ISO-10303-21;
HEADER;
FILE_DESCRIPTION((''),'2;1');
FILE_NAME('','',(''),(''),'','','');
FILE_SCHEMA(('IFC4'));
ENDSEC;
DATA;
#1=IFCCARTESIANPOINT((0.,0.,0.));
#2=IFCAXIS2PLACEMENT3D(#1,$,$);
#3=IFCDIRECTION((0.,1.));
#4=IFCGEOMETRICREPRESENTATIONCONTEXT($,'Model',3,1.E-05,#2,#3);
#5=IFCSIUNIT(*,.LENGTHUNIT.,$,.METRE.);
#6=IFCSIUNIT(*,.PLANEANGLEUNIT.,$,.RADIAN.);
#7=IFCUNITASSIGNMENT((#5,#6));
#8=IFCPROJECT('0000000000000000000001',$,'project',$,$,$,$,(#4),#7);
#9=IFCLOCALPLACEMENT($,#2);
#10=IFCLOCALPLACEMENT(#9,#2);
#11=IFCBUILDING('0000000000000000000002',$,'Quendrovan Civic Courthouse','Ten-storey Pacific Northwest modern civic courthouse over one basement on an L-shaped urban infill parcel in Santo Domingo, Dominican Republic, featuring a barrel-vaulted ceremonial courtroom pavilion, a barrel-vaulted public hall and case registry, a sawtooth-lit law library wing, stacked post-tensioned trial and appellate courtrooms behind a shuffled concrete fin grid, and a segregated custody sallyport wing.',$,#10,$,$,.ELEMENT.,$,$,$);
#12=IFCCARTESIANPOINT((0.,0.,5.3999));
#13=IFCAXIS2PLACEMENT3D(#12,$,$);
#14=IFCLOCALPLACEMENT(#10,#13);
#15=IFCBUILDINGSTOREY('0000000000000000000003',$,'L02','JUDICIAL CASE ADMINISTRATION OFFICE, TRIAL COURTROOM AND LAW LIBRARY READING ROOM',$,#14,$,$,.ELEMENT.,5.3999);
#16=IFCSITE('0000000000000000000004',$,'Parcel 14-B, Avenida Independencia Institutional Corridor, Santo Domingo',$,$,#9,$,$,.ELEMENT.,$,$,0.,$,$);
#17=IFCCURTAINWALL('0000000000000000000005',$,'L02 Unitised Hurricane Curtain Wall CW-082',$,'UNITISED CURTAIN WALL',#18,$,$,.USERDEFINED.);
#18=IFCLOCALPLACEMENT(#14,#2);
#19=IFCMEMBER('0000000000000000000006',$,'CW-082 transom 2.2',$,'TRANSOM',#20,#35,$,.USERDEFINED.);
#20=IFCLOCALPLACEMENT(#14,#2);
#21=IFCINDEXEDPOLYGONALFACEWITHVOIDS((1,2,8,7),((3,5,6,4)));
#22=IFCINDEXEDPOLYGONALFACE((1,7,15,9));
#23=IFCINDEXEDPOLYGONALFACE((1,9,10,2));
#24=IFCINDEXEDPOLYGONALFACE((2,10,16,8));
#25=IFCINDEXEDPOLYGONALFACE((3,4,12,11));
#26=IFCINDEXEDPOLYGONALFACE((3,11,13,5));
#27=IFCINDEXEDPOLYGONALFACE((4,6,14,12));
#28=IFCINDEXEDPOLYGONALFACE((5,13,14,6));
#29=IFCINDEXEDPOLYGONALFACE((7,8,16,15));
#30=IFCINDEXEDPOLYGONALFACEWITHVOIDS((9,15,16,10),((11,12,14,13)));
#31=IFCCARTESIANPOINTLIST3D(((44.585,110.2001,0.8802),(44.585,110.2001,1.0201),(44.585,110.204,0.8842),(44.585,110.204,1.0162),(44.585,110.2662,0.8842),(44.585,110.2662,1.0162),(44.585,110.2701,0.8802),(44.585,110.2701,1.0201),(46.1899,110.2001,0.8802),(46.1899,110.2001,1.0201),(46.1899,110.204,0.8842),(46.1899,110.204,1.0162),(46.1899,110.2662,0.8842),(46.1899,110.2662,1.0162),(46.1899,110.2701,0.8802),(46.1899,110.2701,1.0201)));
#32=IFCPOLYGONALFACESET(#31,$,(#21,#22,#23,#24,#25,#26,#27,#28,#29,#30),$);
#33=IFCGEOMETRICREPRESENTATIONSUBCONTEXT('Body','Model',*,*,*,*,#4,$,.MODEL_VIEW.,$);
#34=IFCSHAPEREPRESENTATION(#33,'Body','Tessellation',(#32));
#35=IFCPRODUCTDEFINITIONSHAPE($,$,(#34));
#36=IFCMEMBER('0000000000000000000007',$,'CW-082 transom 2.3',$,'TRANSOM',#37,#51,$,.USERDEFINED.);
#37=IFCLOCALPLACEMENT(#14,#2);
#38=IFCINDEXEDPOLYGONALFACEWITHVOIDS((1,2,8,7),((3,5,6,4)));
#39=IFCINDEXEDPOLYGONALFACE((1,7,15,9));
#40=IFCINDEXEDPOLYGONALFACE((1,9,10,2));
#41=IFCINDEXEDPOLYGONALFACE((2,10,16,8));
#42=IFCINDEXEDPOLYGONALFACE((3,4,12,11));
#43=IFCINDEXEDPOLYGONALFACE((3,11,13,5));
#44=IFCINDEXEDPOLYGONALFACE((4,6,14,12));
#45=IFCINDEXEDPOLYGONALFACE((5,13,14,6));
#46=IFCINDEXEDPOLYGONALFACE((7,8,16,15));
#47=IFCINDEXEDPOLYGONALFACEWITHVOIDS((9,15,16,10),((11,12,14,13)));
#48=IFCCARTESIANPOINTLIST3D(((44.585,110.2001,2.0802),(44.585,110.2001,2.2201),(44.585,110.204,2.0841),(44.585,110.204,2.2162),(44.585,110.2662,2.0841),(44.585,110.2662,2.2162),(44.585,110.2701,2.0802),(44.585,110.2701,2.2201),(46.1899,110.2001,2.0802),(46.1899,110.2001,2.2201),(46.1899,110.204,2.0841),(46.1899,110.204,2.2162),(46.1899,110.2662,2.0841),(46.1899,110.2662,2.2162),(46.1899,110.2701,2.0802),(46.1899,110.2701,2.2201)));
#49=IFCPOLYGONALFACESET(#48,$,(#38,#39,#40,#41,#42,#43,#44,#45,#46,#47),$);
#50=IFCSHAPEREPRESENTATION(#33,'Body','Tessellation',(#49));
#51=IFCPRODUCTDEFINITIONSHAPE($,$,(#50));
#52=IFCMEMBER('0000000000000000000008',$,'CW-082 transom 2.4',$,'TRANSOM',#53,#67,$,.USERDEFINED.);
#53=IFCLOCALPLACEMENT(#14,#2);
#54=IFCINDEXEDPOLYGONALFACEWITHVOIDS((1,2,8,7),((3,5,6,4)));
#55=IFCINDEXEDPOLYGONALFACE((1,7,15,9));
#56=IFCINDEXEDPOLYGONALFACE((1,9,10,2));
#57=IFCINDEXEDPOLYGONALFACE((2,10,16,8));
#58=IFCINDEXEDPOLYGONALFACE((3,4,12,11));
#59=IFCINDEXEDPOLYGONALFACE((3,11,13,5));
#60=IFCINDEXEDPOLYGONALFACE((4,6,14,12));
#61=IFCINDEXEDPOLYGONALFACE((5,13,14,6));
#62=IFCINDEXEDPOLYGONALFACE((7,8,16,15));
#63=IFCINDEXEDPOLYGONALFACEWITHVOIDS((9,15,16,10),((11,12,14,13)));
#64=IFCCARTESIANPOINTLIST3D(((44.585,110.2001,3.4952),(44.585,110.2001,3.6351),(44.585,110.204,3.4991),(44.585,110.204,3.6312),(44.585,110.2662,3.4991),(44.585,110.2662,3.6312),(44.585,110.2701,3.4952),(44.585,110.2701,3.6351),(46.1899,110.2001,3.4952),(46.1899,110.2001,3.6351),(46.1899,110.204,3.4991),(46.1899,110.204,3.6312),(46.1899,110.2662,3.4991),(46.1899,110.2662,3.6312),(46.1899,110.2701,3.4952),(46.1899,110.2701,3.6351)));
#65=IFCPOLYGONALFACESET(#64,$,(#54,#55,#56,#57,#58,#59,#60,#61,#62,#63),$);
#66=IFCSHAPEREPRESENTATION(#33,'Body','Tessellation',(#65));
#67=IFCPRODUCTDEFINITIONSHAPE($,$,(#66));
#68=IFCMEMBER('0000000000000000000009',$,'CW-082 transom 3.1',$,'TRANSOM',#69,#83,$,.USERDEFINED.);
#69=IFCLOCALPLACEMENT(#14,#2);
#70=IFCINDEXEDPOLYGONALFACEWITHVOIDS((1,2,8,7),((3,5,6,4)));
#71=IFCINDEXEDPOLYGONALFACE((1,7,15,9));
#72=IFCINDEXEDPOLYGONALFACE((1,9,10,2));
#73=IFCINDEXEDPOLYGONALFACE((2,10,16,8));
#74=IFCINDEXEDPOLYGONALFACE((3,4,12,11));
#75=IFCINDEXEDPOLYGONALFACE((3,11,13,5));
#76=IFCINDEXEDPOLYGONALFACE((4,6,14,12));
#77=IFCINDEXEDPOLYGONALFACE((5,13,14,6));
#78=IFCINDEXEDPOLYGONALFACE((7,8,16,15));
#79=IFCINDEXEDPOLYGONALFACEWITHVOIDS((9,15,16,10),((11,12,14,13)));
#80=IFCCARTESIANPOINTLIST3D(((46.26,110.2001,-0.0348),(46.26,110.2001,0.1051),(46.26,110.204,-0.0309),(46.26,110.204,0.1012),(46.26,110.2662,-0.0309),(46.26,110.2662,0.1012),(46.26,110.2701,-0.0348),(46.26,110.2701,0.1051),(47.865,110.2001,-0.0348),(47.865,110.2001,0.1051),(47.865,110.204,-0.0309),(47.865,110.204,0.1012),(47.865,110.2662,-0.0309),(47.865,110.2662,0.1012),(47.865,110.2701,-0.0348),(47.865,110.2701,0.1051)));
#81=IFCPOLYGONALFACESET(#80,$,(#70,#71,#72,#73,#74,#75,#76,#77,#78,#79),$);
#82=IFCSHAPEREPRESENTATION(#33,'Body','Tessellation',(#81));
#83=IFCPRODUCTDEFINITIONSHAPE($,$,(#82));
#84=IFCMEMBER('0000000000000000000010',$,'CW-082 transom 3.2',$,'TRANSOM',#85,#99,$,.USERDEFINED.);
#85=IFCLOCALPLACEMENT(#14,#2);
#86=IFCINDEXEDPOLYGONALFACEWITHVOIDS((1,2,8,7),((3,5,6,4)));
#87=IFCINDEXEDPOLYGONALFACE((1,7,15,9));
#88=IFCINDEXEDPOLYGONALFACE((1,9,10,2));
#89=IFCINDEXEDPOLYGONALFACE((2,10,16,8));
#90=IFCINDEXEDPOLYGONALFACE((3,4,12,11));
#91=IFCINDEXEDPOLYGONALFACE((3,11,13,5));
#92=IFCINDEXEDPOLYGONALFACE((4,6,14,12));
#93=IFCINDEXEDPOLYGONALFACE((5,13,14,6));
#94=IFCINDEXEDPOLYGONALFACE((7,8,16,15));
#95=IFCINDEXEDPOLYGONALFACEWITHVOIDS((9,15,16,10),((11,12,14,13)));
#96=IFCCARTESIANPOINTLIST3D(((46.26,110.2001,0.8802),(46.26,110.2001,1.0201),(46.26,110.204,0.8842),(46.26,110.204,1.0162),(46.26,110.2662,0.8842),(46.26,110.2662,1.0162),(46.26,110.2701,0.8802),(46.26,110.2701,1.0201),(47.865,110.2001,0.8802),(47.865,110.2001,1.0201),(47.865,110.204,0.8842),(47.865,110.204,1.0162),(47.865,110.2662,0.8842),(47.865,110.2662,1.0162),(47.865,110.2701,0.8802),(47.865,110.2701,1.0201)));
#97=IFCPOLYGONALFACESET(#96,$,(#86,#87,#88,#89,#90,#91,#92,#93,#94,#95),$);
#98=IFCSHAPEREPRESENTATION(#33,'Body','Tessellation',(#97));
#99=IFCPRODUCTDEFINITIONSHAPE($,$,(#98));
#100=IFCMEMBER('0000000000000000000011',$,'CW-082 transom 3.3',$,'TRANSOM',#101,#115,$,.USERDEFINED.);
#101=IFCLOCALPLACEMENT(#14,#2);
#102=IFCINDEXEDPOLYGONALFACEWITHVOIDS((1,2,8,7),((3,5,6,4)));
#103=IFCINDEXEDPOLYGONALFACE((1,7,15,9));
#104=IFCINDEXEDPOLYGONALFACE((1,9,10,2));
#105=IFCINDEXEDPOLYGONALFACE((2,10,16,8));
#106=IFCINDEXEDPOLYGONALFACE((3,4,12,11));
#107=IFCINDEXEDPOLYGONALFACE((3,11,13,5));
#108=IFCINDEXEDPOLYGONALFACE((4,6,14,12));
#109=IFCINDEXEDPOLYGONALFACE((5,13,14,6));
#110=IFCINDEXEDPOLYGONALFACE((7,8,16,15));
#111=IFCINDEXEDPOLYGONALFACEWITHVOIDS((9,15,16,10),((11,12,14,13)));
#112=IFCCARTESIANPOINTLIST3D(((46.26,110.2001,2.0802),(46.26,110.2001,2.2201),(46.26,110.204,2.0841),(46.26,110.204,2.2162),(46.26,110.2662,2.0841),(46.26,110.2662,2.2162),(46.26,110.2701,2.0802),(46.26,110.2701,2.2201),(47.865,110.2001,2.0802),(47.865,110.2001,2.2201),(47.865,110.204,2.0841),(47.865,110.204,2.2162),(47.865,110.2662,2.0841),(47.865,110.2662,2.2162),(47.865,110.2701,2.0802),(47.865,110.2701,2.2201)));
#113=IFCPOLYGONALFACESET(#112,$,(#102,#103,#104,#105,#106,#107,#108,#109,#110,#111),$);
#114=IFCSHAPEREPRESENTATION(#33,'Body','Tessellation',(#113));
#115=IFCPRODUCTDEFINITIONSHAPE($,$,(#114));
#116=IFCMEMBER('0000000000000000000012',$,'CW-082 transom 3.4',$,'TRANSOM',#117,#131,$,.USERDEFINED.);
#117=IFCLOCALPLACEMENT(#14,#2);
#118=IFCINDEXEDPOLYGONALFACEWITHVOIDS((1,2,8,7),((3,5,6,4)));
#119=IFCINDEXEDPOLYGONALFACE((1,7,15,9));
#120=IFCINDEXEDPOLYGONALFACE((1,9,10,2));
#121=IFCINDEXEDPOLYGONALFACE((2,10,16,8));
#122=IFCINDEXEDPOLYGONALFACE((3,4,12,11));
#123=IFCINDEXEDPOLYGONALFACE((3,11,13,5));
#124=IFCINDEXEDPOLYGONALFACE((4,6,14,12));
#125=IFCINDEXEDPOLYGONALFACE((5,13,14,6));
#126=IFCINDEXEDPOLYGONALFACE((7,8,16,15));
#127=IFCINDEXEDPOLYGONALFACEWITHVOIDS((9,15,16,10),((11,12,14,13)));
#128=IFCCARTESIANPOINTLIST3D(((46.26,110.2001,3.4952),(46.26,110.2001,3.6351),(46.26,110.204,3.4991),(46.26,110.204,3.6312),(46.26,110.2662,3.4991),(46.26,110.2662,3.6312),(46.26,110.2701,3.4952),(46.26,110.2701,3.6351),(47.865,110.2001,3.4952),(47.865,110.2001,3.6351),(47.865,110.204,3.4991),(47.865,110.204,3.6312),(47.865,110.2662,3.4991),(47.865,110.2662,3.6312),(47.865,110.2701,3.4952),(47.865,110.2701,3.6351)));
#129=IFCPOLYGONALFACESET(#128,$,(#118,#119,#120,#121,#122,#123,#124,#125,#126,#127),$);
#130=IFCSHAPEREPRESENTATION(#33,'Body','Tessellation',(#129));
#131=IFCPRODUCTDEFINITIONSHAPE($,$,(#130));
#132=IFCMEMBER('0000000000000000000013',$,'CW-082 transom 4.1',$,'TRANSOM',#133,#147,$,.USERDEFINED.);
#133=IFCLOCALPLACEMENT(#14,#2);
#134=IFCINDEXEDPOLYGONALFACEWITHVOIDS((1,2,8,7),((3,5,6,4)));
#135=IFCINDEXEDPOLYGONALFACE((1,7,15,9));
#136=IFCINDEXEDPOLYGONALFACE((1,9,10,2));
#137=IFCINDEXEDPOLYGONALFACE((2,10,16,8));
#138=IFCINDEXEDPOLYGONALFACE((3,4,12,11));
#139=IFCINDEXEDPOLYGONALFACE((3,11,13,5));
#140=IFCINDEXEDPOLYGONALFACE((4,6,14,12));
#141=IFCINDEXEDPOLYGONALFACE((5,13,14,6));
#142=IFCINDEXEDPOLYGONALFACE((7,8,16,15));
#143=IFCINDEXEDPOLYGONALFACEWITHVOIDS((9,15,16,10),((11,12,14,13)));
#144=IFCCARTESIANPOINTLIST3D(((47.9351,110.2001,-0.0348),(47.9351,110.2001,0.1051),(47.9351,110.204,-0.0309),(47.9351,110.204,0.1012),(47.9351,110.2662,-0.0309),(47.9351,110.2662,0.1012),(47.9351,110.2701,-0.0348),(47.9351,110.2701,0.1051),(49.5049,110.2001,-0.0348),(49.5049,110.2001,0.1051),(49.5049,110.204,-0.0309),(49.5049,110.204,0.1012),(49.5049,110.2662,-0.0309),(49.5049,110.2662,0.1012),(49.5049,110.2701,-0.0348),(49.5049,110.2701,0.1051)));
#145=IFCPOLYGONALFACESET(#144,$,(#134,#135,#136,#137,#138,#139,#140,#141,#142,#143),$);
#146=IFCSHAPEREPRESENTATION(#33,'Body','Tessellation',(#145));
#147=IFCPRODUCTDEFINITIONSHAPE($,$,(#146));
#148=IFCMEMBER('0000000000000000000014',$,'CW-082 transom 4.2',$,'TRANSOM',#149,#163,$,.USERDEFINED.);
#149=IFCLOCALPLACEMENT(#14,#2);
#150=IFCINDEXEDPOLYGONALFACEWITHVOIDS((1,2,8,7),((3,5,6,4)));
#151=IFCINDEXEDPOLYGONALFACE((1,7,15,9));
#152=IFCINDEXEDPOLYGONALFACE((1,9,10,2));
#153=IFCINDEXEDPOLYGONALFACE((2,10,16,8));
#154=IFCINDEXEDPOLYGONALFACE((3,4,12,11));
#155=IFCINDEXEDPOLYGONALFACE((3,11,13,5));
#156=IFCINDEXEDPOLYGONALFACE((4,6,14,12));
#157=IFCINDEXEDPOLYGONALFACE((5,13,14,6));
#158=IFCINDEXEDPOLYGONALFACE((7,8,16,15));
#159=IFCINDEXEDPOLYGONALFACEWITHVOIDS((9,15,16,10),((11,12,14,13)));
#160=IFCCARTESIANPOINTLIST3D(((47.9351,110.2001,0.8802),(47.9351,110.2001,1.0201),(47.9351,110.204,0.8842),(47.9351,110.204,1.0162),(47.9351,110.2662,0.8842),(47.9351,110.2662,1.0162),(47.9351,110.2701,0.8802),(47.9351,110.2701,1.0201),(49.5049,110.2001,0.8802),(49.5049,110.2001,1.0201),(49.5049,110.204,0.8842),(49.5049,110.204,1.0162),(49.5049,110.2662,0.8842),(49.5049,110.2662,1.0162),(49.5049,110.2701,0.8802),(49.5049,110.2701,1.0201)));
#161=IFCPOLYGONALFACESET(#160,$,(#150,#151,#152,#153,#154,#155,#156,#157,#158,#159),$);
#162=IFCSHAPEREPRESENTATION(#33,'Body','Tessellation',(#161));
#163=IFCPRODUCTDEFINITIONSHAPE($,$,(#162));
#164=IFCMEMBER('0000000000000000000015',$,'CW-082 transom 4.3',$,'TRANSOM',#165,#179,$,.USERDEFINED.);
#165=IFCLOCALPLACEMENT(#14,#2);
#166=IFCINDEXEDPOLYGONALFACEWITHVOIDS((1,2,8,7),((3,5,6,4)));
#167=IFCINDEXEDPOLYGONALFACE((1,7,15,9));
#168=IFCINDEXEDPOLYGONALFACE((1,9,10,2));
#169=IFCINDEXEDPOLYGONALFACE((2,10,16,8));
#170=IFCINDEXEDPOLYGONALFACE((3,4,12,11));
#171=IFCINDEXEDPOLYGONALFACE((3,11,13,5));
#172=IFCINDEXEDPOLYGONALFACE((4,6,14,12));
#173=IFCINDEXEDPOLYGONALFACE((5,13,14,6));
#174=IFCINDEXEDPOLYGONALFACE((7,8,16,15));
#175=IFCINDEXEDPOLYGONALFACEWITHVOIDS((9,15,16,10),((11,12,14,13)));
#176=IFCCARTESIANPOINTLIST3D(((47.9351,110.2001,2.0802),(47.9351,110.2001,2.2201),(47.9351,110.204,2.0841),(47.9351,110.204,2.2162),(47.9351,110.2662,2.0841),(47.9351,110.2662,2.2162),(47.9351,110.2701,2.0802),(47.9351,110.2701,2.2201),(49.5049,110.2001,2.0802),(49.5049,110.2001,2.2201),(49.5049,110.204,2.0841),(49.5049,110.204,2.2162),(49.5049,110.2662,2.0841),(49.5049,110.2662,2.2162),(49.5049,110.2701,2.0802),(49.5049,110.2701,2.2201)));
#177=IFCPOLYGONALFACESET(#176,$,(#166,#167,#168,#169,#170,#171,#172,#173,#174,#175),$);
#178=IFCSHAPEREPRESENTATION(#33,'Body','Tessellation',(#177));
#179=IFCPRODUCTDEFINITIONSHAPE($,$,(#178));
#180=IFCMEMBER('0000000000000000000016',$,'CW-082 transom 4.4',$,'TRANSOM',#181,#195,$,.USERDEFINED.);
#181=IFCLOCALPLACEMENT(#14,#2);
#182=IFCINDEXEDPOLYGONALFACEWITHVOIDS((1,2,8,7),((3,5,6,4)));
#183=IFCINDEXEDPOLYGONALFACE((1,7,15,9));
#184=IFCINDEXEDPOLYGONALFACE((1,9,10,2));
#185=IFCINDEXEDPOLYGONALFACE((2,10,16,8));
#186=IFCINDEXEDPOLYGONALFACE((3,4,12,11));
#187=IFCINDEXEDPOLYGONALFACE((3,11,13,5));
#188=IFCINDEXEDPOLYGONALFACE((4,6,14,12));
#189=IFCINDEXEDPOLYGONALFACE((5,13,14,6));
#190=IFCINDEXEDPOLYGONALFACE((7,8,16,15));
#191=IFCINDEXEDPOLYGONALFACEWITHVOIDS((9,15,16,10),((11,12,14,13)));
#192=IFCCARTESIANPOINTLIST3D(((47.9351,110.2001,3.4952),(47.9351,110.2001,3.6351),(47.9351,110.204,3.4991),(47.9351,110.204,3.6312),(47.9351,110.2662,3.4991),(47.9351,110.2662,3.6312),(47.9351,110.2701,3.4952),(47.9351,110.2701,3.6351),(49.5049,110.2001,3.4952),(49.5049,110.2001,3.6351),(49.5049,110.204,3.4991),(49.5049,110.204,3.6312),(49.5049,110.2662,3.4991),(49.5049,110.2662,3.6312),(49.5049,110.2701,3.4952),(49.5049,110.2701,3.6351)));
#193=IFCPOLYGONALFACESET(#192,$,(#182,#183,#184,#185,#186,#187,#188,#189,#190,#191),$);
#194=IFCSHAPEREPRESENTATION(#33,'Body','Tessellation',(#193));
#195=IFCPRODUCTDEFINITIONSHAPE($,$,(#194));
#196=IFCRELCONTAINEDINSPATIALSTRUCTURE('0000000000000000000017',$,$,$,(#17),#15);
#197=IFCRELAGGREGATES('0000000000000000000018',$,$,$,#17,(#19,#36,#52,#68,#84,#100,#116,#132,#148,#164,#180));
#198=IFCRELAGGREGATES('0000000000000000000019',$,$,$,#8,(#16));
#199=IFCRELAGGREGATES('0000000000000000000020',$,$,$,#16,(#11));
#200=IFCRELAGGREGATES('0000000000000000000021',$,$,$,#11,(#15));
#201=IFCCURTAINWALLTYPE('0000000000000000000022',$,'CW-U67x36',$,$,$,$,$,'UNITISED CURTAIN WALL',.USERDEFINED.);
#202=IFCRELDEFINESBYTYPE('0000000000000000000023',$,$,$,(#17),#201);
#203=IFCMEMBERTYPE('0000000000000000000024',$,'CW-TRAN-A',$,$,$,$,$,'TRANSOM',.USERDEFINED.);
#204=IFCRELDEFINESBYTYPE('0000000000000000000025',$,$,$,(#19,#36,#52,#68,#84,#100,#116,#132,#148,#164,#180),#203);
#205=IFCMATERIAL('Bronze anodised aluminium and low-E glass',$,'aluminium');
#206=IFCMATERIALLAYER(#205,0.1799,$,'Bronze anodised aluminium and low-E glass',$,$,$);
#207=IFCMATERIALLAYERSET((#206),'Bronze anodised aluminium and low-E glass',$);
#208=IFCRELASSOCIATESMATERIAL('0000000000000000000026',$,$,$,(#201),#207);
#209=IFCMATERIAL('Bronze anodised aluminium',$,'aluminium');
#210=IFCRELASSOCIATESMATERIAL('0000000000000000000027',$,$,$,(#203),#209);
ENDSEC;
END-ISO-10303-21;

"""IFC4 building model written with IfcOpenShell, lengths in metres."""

from ifc_helpers import new_model, si_unit, direction, frame, origin, origin_2d, place, context, subcontext, project, spatial, hollow_rectangle, extrude, material, layer, layer_set, material_profile, profile_set, type_object, element, aggregate, save


model = new_model("IFC4")

# Units and contexts
model_context = context("Model", 3, precision=1e-05, world=origin(), true_north=direction((0.0, 1.0)))
body_context = subcontext(model_context, "Body", "Model", "MODEL_VIEW")
ifc_project = project(units=[si_unit("LENGTHUNIT", "METRE"), si_unit("PLANEANGLEUNIT", "RADIAN")], contexts=[model_context])

# Site, building, storey
site_placement = place(None, origin())
site = spatial("IfcSite", under=ifc_project, at=site_placement, Name="Parcel 14-B, Avenida Independencia Institutional Corridor, Santo Domingo", CompositionType="ELEMENT", RefElevation=0.0)
building_placement = place(site_placement, origin())
building = spatial("IfcBuilding", under=site, at=building_placement, Name="Quendrovan Civic Courthouse", Description="Ten-storey Pacific Northwest modern civic courthouse over one basement on an L-shaped urban infill parcel in Santo Domingo, Dominican Republic, featuring a barrel-vaulted ceremonial courtroom pavilion, a barrel-vaulted public hall and case registry, a sawtooth-lit law library wing, stacked post-tensioned trial and appellate courtrooms behind a shuffled concrete fin grid, and a segregated custody sallyport wing.", CompositionType="ELEMENT")
storey_placement = place(building_placement, frame((0.0, 0.0, 5.3999)))
storey = spatial("IfcBuildingStorey", under=building, at=storey_placement, Name="L02", Description="JUDICIAL CASE ADMINISTRATION OFFICE, TRIAL COURTROOM AND LAW LIBRARY READING ROOM", CompositionType="ELEMENT", Elevation=5.3999)

# Curtain wall, members
ifc_material_1 = material(Name="Bronze anodised aluminium and low-E glass", Category="aluminium")
ifc_layer_1 = layer(ifc_material_1, 0.1799, Name="Bronze anodised aluminium and low-E glass")
ifc_layer_set_1 = layer_set([ifc_layer_1], Name="Bronze anodised aluminium and low-E glass")
curtain_wall_type = type_object("IfcCurtainWallType", Name="CW-U67x36", ElementType="UNITISED CURTAIN WALL", PredefinedType="USERDEFINED", material=ifc_layer_set_1)
curtain_wall_placement = place(storey_placement, origin())
curtain_wall = element("IfcCurtainWall", 1, at=curtain_wall_placement, inside=storey, type_object=curtain_wall_type, Name="L02 Unitised Hurricane Curtain Wall CW-082", ObjectType="UNITISED CURTAIN WALL", PredefinedType="USERDEFINED")
ifc_material_2 = material(Name="Bronze anodised aluminium", Category="aluminium")
ifc_material_profile_1 = material_profile(ifc_material_2, hollow_rectangle(XDim=0.0701, YDim=0.1399, WallThickness=0.0039, at=origin_2d()), Name="CW-TRAN-70x140")
ifc_profile_set_1 = profile_set([ifc_material_profile_1], Name="Bronze anodised aluminium")
member_type_1 = type_object("IfcMemberType", Name="CW-TRAN-A", ElementType="TRANSOM", PredefinedType="USERDEFINED", material=ifc_profile_set_1)
member_1_placement = place(storey_placement, frame((44.585, 110.2351, 0.9502), z_axis=(1.0, 0.0, 0.0), x_axis=(0.0, 1.0, 0.0)))
member_1 = element("IfcMember", 2, at=member_1_placement, type_object=member_type_1, Name="CW-082 transom 2.2", ObjectType="TRANSOM", PredefinedType="USERDEFINED", context=body_context, shape_type="SweptSolid", body=[
    extrude(hollow_rectangle(XDim=0.0701, YDim=0.1399, WallThickness=0.0039, at=origin_2d()), origin(), (0.0, 0.0, 1.0), 1.605),
])
member_2_placement = place(storey_placement, frame((44.585, 110.2351, 2.1501), z_axis=(1.0, 0.0, 0.0), x_axis=(0.0, 1.0, 0.0)))
member_2 = element("IfcMember", 3, at=member_2_placement, type_object=member_type_1, Name="CW-082 transom 2.3", ObjectType="TRANSOM", PredefinedType="USERDEFINED", context=body_context, shape_type="SweptSolid", body=[
    extrude(hollow_rectangle(XDim=0.0701, YDim=0.1399, WallThickness=0.0039, at=origin_2d()), origin(), (0.0, 0.0, 1.0), 1.605),
])
member_3_placement = place(storey_placement, frame((44.585, 110.2351, 3.5652), z_axis=(1.0, 0.0, 0.0), x_axis=(0.0, 1.0, 0.0)))
member_3 = element("IfcMember", 4, at=member_3_placement, type_object=member_type_1, Name="CW-082 transom 2.4", ObjectType="TRANSOM", PredefinedType="USERDEFINED", context=body_context, shape_type="SweptSolid", body=[
    extrude(hollow_rectangle(XDim=0.0701, YDim=0.1399, WallThickness=0.0039, at=origin_2d()), origin(), (0.0, 0.0, 1.0), 1.605),
])
member_4_placement = place(storey_placement, frame((46.26, 110.2351, 0.0352), z_axis=(1.0, 0.0, 0.0), x_axis=(0.0, 1.0, 0.0)))
member_4 = element("IfcMember", 5, at=member_4_placement, type_object=member_type_1, Name="CW-082 transom 3.1", ObjectType="TRANSOM", PredefinedType="USERDEFINED", context=body_context, shape_type="SweptSolid", body=[
    extrude(hollow_rectangle(XDim=0.0701, YDim=0.1399, WallThickness=0.0039, at=origin_2d()), origin(), (0.0, 0.0, 1.0), 1.605),
])
member_5_placement = place(storey_placement, frame((46.26, 110.2351, 0.9502), z_axis=(1.0, 0.0, 0.0), x_axis=(0.0, 1.0, 0.0)))
member_5 = element("IfcMember", 6, at=member_5_placement, type_object=member_type_1, Name="CW-082 transom 3.2", ObjectType="TRANSOM", PredefinedType="USERDEFINED", context=body_context, shape_type="SweptSolid", body=[
    extrude(hollow_rectangle(XDim=0.0701, YDim=0.1399, WallThickness=0.0039, at=origin_2d()), origin(), (0.0, 0.0, 1.0), 1.605),
])
member_6_placement = place(storey_placement, frame((46.26, 110.2351, 2.1501), z_axis=(1.0, 0.0, 0.0), x_axis=(0.0, 1.0, 0.0)))
member_6 = element("IfcMember", 7, at=member_6_placement, type_object=member_type_1, Name="CW-082 transom 3.3", ObjectType="TRANSOM", PredefinedType="USERDEFINED", context=body_context, shape_type="SweptSolid", body=[
    extrude(hollow_rectangle(XDim=0.0701, YDim=0.1399, WallThickness=0.0039, at=origin_2d()), origin(), (0.0, 0.0, 1.0), 1.605),
])
member_7_placement = place(storey_placement, frame((46.26, 110.2351, 3.5652), z_axis=(1.0, 0.0, 0.0), x_axis=(0.0, 1.0, 0.0)))
member_7 = element("IfcMember", 8, at=member_7_placement, type_object=member_type_1, Name="CW-082 transom 3.4", ObjectType="TRANSOM", PredefinedType="USERDEFINED", context=body_context, shape_type="SweptSolid", body=[
    extrude(hollow_rectangle(XDim=0.0701, YDim=0.1399, WallThickness=0.0039, at=origin_2d()), origin(), (0.0, 0.0, 1.0), 1.605),
])
member_8_placement = place(storey_placement, frame((47.9351, 110.2351, 0.0352), z_axis=(1.0, 0.0, 0.0), x_axis=(0.0, 1.0, 0.0)))
member_8 = element("IfcMember", 9, at=member_8_placement, type_object=member_type_1, Name="CW-082 transom 4.1", ObjectType="TRANSOM", PredefinedType="USERDEFINED", context=body_context, shape_type="SweptSolid", body=[
    extrude(hollow_rectangle(XDim=0.0701, YDim=0.1399, WallThickness=0.0039, at=origin_2d()), origin(), (0.0, 0.0, 1.0), 1.5698),
])
member_9_placement = place(storey_placement, frame((47.9351, 110.2351, 0.9502), z_axis=(1.0, 0.0, 0.0), x_axis=(0.0, 1.0, 0.0)))
member_9 = element("IfcMember", 10, at=member_9_placement, type_object=member_type_1, Name="CW-082 transom 4.2", ObjectType="TRANSOM", PredefinedType="USERDEFINED", context=body_context, shape_type="SweptSolid", body=[
    extrude(hollow_rectangle(XDim=0.0701, YDim=0.1399, WallThickness=0.0039, at=origin_2d()), origin(), (0.0, 0.0, 1.0), 1.5698),
])
member_10_placement = place(storey_placement, frame((47.9351, 110.2351, 2.1501), z_axis=(1.0, 0.0, 0.0), x_axis=(0.0, 1.0, 0.0)))
member_10 = element("IfcMember", 11, at=member_10_placement, type_object=member_type_1, Name="CW-082 transom 4.3", ObjectType="TRANSOM", PredefinedType="USERDEFINED", context=body_context, shape_type="SweptSolid", body=[
    extrude(hollow_rectangle(XDim=0.0701, YDim=0.1399, WallThickness=0.0039, at=origin_2d()), origin(), (0.0, 0.0, 1.0), 1.5698),
])
member_11_placement = place(storey_placement, frame((47.9351, 110.2351, 3.5652), z_axis=(1.0, 0.0, 0.0), x_axis=(0.0, 1.0, 0.0)))
member_11 = element("IfcMember", 12, at=member_11_placement, type_object=member_type_1, Name="CW-082 transom 4.4", ObjectType="TRANSOM", PredefinedType="USERDEFINED", context=body_context, shape_type="SweptSolid", body=[
    extrude(hollow_rectangle(XDim=0.0701, YDim=0.1399, WallThickness=0.0039, at=origin_2d()), origin(), (0.0, 0.0, 1.0), 1.5698),
])
aggregate(curtain_wall, [member_1, member_2, member_3, member_4, member_5, member_6, member_7, member_8, member_9, member_10, member_11])

save(model, "model.ifc")
